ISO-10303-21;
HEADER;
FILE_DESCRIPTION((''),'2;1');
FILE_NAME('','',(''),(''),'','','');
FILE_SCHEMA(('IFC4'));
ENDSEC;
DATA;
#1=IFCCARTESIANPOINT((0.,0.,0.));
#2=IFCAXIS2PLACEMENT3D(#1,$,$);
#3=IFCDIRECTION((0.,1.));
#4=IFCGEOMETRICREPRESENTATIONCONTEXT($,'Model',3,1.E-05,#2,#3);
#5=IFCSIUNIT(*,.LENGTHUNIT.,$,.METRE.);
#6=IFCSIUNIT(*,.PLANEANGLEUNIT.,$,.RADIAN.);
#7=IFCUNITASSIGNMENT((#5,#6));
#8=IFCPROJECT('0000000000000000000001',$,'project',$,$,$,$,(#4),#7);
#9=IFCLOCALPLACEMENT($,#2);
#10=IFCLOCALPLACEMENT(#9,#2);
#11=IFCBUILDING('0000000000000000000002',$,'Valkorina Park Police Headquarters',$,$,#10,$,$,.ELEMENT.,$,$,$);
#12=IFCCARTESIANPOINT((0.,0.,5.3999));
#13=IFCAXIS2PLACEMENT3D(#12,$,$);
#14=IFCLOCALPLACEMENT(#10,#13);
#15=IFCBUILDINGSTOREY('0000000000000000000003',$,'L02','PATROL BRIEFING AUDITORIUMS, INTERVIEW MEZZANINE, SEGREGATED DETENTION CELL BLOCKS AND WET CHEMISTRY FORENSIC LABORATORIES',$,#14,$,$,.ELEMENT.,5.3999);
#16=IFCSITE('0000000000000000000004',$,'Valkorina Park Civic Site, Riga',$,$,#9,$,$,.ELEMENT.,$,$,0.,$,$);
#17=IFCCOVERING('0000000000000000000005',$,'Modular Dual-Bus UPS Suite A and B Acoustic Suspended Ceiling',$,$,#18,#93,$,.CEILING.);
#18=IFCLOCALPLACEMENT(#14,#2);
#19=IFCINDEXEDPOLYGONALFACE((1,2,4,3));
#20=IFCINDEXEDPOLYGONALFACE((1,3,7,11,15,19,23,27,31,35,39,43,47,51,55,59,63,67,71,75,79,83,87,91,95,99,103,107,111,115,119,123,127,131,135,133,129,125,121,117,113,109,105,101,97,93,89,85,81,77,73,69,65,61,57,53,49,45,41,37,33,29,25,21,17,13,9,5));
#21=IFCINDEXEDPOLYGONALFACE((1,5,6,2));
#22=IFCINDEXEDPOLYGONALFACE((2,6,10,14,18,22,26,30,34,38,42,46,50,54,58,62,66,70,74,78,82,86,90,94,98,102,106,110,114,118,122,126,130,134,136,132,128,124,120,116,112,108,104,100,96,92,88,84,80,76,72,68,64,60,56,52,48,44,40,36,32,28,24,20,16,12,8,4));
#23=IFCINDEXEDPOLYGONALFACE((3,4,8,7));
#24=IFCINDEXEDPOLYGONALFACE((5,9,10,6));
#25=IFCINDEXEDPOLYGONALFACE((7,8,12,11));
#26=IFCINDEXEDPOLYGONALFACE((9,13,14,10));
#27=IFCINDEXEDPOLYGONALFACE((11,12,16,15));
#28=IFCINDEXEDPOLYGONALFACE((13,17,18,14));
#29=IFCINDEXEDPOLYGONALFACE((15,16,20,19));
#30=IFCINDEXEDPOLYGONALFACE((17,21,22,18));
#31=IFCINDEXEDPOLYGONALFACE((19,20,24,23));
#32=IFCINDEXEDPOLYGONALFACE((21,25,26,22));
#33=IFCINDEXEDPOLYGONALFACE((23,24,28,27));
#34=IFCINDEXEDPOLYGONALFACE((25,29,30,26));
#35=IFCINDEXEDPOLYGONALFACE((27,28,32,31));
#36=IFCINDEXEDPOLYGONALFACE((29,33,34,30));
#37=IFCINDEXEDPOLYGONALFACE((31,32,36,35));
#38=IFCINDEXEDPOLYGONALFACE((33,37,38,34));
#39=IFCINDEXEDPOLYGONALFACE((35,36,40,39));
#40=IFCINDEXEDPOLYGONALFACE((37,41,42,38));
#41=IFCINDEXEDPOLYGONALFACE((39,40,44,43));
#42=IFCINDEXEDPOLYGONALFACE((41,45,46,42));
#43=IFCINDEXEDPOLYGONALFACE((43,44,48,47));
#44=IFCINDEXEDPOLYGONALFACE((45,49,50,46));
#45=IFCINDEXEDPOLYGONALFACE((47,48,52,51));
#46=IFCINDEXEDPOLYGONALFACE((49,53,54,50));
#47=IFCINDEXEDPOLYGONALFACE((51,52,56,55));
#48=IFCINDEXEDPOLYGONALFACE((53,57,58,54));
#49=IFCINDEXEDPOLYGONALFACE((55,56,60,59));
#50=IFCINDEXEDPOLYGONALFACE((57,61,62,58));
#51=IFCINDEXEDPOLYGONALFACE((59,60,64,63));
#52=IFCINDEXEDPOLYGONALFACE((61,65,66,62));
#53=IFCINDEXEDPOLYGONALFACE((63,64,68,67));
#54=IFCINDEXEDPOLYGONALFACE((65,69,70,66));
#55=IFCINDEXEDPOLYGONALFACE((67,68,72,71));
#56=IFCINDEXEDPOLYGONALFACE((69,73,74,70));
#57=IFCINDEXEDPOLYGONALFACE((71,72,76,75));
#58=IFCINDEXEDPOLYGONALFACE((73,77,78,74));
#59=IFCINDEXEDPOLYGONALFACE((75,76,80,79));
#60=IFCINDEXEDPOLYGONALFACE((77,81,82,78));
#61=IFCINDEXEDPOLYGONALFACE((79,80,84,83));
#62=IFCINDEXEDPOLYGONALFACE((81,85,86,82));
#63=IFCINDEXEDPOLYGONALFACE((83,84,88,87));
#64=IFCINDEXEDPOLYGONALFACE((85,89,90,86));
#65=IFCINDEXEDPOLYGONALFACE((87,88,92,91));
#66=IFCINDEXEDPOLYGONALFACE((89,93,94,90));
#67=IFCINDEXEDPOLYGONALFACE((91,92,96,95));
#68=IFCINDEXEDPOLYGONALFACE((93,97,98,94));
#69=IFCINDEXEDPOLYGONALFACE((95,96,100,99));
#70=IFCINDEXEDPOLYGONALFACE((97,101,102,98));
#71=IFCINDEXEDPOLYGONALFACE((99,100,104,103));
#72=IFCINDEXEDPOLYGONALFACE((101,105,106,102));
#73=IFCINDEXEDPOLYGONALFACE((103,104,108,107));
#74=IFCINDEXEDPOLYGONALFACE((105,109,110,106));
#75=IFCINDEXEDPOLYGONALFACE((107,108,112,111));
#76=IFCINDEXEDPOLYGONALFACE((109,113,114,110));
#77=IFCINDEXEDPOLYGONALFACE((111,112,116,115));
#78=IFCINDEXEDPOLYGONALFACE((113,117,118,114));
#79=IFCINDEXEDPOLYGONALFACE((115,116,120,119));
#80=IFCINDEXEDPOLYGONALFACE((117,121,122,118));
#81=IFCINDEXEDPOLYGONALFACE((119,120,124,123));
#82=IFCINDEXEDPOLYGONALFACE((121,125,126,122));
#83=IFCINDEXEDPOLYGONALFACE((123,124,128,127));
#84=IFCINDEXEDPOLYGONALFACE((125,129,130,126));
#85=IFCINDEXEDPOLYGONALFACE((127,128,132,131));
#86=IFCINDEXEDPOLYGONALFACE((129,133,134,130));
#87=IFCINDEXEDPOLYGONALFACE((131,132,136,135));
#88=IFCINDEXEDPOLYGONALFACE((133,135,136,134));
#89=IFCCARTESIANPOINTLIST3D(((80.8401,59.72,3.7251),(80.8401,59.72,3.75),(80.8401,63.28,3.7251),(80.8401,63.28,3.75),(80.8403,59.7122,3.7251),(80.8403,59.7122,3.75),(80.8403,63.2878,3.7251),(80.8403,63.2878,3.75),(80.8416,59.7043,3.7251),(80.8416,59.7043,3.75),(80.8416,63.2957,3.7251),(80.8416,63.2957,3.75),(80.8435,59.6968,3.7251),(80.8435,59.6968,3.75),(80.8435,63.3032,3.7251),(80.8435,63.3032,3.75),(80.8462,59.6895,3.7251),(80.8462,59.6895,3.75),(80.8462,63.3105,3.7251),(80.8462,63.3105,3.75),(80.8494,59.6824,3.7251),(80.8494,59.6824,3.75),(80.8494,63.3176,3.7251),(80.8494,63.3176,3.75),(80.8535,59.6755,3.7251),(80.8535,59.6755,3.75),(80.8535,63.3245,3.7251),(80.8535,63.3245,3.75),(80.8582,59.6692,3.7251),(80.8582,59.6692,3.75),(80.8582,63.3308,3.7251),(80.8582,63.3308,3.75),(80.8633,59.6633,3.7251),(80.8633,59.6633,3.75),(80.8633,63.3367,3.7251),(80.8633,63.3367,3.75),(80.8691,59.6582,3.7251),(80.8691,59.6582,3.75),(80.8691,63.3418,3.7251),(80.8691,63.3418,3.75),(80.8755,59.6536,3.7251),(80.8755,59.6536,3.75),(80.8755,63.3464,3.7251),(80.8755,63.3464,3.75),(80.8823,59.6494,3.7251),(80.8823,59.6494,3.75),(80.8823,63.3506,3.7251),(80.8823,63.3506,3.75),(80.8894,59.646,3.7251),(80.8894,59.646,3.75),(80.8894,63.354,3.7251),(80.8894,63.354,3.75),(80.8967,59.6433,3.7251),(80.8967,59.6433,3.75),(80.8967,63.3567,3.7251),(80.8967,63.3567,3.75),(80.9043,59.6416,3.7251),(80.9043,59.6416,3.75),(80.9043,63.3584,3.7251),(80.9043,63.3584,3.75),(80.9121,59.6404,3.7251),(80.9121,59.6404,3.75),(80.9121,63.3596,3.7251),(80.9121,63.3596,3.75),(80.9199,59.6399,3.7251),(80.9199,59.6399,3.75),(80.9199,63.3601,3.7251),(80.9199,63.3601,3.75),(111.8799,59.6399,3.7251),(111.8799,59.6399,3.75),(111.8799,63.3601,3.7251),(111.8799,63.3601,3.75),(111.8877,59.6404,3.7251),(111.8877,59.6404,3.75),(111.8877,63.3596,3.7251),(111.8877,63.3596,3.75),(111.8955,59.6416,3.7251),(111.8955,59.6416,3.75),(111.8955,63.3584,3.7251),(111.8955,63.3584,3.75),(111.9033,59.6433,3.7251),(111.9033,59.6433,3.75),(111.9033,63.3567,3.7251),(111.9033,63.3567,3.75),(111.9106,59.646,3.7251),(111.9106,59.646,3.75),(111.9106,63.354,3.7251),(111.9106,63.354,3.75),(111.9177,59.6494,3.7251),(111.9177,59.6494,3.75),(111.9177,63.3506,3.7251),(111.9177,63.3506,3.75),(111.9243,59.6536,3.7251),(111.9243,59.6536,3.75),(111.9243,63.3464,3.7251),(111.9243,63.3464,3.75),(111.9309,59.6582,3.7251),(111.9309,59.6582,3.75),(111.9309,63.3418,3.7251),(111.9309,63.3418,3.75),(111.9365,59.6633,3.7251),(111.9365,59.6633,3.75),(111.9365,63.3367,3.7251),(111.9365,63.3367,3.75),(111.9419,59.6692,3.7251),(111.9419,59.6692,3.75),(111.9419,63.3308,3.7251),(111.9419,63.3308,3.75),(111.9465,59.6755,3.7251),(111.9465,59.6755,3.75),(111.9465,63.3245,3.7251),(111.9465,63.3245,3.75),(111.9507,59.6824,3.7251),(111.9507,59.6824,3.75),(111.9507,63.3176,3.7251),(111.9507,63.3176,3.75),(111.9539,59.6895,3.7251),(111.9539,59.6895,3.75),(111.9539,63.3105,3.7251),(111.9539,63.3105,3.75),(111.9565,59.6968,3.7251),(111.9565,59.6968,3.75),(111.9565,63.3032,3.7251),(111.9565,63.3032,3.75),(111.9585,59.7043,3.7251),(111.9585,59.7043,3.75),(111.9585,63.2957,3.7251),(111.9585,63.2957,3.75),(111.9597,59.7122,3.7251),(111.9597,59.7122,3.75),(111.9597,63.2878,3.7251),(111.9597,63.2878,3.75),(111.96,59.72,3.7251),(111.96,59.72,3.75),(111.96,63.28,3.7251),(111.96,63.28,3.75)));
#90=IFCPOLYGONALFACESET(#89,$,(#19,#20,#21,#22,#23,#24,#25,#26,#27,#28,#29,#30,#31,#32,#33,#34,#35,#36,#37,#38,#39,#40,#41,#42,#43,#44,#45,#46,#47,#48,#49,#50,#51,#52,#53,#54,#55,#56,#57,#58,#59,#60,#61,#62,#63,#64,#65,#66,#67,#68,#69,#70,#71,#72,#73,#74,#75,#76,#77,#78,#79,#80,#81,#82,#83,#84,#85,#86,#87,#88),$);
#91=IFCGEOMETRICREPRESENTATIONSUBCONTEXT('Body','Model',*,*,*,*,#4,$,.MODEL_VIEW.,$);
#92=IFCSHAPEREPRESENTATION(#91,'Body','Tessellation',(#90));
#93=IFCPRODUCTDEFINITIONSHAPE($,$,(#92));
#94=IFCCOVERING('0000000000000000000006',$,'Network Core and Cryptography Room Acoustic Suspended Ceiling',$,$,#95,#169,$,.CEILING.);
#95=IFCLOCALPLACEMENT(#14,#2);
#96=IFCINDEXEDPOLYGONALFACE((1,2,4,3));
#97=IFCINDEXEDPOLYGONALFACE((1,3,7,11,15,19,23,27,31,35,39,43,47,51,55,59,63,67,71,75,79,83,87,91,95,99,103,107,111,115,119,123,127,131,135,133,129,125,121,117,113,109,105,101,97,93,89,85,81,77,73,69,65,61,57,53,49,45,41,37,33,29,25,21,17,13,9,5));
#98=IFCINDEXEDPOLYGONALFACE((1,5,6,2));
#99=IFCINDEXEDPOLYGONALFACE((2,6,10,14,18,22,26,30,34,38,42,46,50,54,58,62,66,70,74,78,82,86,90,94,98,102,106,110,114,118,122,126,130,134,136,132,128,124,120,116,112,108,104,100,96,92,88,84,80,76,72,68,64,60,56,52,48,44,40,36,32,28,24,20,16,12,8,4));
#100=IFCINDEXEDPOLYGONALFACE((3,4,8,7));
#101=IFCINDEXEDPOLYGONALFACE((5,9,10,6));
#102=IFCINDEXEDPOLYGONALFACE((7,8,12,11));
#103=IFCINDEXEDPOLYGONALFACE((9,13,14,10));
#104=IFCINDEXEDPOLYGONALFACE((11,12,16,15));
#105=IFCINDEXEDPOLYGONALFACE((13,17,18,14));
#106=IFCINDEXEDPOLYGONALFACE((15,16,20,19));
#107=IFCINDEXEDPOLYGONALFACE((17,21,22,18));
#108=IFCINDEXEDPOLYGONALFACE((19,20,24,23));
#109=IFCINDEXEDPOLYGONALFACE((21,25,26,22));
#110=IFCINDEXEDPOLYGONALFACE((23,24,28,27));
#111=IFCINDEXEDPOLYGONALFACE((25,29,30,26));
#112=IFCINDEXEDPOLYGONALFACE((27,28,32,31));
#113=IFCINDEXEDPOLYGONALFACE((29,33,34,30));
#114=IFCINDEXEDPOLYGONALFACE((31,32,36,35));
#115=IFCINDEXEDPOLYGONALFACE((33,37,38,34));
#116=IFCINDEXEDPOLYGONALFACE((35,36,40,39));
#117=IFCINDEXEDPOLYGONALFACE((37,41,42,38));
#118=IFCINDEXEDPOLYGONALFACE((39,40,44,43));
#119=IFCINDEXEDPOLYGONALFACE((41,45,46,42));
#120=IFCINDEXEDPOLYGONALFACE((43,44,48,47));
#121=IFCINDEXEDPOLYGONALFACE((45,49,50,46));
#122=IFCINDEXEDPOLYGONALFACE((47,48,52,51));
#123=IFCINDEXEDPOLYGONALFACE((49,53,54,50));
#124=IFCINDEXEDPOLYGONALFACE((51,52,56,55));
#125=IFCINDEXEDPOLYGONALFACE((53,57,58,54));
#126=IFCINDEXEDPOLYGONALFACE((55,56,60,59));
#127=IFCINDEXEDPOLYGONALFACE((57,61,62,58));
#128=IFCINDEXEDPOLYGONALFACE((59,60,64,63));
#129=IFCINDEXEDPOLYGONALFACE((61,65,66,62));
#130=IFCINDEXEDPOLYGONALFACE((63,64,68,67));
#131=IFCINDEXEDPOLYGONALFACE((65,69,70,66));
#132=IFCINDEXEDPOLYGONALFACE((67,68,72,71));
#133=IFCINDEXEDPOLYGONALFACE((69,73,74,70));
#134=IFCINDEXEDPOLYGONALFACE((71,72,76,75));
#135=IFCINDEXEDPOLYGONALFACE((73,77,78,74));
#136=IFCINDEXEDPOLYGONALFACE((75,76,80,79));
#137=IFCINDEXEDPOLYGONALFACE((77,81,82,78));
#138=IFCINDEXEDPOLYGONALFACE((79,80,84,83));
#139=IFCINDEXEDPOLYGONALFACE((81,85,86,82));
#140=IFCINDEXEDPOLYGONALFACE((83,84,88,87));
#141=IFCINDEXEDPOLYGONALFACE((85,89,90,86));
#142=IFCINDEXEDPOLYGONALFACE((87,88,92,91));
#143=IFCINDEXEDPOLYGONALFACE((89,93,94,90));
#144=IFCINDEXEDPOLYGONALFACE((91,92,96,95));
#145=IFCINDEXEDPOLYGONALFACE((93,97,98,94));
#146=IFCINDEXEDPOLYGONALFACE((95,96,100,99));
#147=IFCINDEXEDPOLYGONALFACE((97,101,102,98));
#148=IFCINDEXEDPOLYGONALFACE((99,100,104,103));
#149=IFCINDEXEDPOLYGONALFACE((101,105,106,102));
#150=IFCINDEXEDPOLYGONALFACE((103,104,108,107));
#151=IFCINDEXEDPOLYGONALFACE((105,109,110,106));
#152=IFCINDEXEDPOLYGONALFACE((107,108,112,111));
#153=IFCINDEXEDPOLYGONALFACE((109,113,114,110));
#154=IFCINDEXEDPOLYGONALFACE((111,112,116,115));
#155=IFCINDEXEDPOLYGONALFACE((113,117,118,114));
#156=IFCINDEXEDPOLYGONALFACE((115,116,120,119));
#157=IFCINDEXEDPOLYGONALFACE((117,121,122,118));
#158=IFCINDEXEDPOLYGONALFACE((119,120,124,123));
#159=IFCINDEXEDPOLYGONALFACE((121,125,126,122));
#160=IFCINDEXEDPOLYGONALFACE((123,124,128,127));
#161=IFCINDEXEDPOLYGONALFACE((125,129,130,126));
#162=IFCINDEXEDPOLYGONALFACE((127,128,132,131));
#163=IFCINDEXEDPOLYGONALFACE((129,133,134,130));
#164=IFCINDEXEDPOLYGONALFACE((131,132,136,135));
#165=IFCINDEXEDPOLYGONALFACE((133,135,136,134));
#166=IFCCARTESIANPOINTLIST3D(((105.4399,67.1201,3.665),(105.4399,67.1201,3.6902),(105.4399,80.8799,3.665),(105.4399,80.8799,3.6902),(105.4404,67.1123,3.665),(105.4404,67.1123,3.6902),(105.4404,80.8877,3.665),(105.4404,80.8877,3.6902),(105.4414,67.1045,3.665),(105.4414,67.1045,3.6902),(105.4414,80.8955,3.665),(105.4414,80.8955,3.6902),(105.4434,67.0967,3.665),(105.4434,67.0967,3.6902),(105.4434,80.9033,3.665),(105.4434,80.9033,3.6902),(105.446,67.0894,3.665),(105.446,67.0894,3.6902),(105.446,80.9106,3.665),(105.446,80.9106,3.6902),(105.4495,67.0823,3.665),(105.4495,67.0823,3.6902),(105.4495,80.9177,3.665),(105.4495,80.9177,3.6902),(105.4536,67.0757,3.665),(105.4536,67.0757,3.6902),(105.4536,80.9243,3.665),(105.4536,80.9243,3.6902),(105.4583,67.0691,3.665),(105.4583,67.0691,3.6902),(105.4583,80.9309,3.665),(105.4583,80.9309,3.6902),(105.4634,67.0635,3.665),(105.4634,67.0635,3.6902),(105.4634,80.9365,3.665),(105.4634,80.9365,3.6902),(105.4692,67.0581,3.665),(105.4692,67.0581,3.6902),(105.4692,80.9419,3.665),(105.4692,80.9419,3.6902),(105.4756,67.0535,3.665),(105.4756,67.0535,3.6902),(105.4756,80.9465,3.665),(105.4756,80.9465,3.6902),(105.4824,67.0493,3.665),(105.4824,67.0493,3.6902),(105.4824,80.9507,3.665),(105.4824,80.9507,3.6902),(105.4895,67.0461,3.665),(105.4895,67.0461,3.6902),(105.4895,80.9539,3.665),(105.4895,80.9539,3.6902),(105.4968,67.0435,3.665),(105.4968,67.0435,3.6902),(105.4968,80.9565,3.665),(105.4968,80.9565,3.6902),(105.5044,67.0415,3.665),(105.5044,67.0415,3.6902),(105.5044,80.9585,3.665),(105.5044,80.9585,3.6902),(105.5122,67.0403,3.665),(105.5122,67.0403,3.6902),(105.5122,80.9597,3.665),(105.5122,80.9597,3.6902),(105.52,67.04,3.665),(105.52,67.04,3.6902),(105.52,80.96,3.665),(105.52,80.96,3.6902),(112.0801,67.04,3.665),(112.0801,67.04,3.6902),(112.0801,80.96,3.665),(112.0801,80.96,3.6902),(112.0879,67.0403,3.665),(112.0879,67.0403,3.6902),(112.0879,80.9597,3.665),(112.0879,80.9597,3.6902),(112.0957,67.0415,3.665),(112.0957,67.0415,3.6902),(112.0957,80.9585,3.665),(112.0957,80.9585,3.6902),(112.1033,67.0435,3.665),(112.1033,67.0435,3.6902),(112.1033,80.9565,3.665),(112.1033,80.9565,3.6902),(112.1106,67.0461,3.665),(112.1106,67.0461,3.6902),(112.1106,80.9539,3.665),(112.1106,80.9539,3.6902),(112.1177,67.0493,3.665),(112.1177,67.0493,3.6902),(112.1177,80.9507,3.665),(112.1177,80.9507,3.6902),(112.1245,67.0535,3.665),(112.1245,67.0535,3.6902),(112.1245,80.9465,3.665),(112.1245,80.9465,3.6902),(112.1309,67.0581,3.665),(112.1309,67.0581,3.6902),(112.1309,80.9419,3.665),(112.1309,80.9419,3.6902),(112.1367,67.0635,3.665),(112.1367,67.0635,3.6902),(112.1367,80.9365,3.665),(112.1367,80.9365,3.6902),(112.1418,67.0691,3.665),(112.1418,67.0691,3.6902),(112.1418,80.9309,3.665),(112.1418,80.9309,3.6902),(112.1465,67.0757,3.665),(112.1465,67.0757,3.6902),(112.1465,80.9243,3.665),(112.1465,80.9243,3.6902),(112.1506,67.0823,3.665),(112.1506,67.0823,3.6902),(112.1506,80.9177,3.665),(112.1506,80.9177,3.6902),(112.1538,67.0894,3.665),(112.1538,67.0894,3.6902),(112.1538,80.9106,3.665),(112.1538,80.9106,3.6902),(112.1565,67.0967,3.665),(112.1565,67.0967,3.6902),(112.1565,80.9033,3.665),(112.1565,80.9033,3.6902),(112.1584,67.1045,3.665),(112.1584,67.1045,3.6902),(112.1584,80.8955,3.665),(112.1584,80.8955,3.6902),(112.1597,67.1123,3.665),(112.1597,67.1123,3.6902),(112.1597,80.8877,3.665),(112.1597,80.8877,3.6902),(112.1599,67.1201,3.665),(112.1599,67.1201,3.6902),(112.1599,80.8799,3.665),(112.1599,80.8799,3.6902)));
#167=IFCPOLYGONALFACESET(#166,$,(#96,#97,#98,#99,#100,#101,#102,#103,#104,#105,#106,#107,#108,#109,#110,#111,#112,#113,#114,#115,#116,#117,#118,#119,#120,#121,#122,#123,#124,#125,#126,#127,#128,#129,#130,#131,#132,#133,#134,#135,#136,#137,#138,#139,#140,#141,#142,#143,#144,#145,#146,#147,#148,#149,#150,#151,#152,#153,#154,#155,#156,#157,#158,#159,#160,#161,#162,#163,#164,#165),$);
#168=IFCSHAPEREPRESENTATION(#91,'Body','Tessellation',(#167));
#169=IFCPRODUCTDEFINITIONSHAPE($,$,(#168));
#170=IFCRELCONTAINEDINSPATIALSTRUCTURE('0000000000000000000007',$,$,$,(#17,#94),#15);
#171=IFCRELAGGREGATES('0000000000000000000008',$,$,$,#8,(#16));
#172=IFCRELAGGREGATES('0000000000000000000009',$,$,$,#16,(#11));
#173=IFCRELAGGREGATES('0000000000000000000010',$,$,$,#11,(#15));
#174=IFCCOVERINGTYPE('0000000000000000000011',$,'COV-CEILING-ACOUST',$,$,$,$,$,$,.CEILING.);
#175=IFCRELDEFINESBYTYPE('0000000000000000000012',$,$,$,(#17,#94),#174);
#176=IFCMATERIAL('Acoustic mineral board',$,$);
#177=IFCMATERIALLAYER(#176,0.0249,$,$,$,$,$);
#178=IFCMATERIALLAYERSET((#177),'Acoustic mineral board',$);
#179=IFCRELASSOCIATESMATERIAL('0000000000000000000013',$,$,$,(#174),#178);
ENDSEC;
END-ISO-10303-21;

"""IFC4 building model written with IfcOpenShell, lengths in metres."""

from ifc_helpers import new_model, si_unit, direction, frame, origin, place, context, subcontext, project, spatial, polyline, outline, extrude, material, layer, layer_set, type_object, element, save


model = new_model("IFC4")

# Units and contexts
model_context = context("Model", 3, precision=1e-05, world=origin(), true_north=direction((0.0, 1.0)))
body_context = subcontext(model_context, "Body", "Model", "MODEL_VIEW")
ifc_project = project(units=[si_unit("LENGTHUNIT", "METRE"), si_unit("PLANEANGLEUNIT", "RADIAN")], contexts=[model_context])

# Site, building, storey
site_placement = place(None, origin())
site = spatial("IfcSite", under=ifc_project, at=site_placement, Name="Valkorina Park Civic Site, Riga", CompositionType="ELEMENT", RefElevation=0.0)
building_placement = place(site_placement, origin())
building = spatial("IfcBuilding", under=site, at=building_placement, Name="Valkorina Park Police Headquarters", CompositionType="ELEMENT")
storey_placement = place(building_placement, frame((0.0, 0.0, 5.3999)))
storey = spatial("IfcBuildingStorey", under=building, at=storey_placement, Name="L02", Description="PATROL BRIEFING AUDITORIUMS, INTERVIEW MEZZANINE, SEGREGATED DETENTION CELL BLOCKS AND WET CHEMISTRY FORENSIC LABORATORIES", CompositionType="ELEMENT", Elevation=5.3999)

# Coverings
ifc_material_1 = material(Name="Acoustic mineral board")
ifc_layer_1 = layer(ifc_material_1, 0.0249)
ifc_layer_set_1 = layer_set([ifc_layer_1], Name="Acoustic mineral board")
covering_type_1 = type_object("IfcCoveringType", Name="COV-CEILING-ACOUST", PredefinedType="CEILING", material=ifc_layer_set_1)
covering_1_placement = place(storey_placement, frame((0.0, 0.0, 3.7251)))
element("IfcCovering", 1, at=covering_1_placement, inside=storey, type_object=covering_type_1, Name="Modular Dual-Bus UPS Suite A and B Acoustic Suspended Ceiling", PredefinedType="CEILING", context=body_context, shape_type="SweptSolid", body=[
    extrude(outline(polyline([(111.9585, 59.7043), (111.9597, 59.7122), (111.96, 59.72), (111.96, 63.28), (111.9597, 63.2878), (111.9585, 63.2957), (111.9565, 63.3032), (111.9539, 63.3105), (111.9507, 63.3176), (111.9465, 63.3245), (111.9419, 63.3308), (111.9365, 63.3367), (111.9309, 63.3418), (111.9243, 63.3464), (111.9177, 63.3506), (111.9106, 63.354), (111.9033, 63.3567), (111.8955, 63.3584), (111.8877, 63.3596), (111.8799, 63.3601), (80.9199, 63.3601), (80.9121, 63.3596), (80.9043, 63.3584), (80.8967, 63.3567), (80.8894, 63.354), (80.8823, 63.3506), (80.8755, 63.3464), (80.8691, 63.3418), (80.8633, 63.3367), (80.8582, 63.3308), (80.8535, 63.3245), (80.8494, 63.3176), (80.8462, 63.3105), (80.8435, 63.3032), (80.8416, 63.2957), (80.8403, 63.2878), (80.8401, 63.28), (80.8401, 59.72), (80.8403, 59.7122), (80.8416, 59.7043), (80.8435, 59.6968), (80.8462, 59.6895), (80.8494, 59.6824), (80.8535, 59.6755), (80.8582, 59.6692), (80.8633, 59.6633), (80.8691, 59.6582), (80.8755, 59.6536), (80.8823, 59.6494), (80.8894, 59.646), (80.8967, 59.6433), (80.9043, 59.6416), (80.9121, 59.6404), (80.9199, 59.6399), (111.8799, 59.6399), (111.8877, 59.6404), (111.8955, 59.6416), (111.9033, 59.6433), (111.9106, 59.646), (111.9177, 59.6494), (111.9243, 59.6536), (111.9309, 59.6582), (111.9365, 59.6633), (111.9419, 59.6692), (111.9465, 59.6755), (111.9507, 59.6824), (111.9539, 59.6895), (111.9565, 59.6968), (111.9585, 59.7043)])), origin(), (0.0, 0.0, 1.0), 0.0249),
])
covering_2_placement = place(storey_placement, frame((0.0, 0.0, 3.665)))
element("IfcCovering", 2, at=covering_2_placement, inside=storey, type_object=covering_type_1, Name="Network Core and Cryptography Room Acoustic Suspended Ceiling", PredefinedType="CEILING", context=body_context, shape_type="SweptSolid", body=[
    extrude(outline(polyline([(112.1584, 67.1045), (112.1597, 67.1123), (112.1599, 67.1201), (112.1599, 80.8799), (112.1597, 80.8877), (112.1584, 80.8955), (112.1565, 80.9033), (112.1538, 80.9106), (112.1506, 80.9177), (112.1465, 80.9243), (112.1418, 80.9309), (112.1367, 80.9365), (112.1309, 80.9419), (112.1245, 80.9465), (112.1177, 80.9507), (112.1106, 80.9539), (112.1033, 80.9565), (112.0957, 80.9585), (112.0879, 80.9597), (112.0801, 80.96), (105.52, 80.96), (105.5122, 80.9597), (105.5044, 80.9585), (105.4968, 80.9565), (105.4895, 80.9539), (105.4824, 80.9507), (105.4756, 80.9465), (105.4692, 80.9419), (105.4634, 80.9365), (105.4583, 80.9309), (105.4536, 80.9243), (105.4495, 80.9177), (105.446, 80.9106), (105.4434, 80.9033), (105.4414, 80.8955), (105.4404, 80.8877), (105.4399, 80.8799), (105.4399, 67.1201), (105.4404, 67.1123), (105.4414, 67.1045), (105.4434, 67.0967), (105.446, 67.0894), (105.4495, 67.0823), (105.4536, 67.0757), (105.4583, 67.0691), (105.4634, 67.0635), (105.4692, 67.0581), (105.4756, 67.0535), (105.4824, 67.0493), (105.4895, 67.0461), (105.4968, 67.0435), (105.5044, 67.0415), (105.5122, 67.0403), (105.52, 67.04), (112.0801, 67.04), (112.0879, 67.0403), (112.0957, 67.0415), (112.1033, 67.0435), (112.1106, 67.0461), (112.1177, 67.0493), (112.1245, 67.0535), (112.1309, 67.0581), (112.1367, 67.0635), (112.1418, 67.0691), (112.1465, 67.0757), (112.1506, 67.0823), (112.1538, 67.0894), (112.1565, 67.0967), (112.1584, 67.1045)])), origin(), (0.0, 0.0, 1.0), 0.0251),
])

save(model, "model.ifc")
